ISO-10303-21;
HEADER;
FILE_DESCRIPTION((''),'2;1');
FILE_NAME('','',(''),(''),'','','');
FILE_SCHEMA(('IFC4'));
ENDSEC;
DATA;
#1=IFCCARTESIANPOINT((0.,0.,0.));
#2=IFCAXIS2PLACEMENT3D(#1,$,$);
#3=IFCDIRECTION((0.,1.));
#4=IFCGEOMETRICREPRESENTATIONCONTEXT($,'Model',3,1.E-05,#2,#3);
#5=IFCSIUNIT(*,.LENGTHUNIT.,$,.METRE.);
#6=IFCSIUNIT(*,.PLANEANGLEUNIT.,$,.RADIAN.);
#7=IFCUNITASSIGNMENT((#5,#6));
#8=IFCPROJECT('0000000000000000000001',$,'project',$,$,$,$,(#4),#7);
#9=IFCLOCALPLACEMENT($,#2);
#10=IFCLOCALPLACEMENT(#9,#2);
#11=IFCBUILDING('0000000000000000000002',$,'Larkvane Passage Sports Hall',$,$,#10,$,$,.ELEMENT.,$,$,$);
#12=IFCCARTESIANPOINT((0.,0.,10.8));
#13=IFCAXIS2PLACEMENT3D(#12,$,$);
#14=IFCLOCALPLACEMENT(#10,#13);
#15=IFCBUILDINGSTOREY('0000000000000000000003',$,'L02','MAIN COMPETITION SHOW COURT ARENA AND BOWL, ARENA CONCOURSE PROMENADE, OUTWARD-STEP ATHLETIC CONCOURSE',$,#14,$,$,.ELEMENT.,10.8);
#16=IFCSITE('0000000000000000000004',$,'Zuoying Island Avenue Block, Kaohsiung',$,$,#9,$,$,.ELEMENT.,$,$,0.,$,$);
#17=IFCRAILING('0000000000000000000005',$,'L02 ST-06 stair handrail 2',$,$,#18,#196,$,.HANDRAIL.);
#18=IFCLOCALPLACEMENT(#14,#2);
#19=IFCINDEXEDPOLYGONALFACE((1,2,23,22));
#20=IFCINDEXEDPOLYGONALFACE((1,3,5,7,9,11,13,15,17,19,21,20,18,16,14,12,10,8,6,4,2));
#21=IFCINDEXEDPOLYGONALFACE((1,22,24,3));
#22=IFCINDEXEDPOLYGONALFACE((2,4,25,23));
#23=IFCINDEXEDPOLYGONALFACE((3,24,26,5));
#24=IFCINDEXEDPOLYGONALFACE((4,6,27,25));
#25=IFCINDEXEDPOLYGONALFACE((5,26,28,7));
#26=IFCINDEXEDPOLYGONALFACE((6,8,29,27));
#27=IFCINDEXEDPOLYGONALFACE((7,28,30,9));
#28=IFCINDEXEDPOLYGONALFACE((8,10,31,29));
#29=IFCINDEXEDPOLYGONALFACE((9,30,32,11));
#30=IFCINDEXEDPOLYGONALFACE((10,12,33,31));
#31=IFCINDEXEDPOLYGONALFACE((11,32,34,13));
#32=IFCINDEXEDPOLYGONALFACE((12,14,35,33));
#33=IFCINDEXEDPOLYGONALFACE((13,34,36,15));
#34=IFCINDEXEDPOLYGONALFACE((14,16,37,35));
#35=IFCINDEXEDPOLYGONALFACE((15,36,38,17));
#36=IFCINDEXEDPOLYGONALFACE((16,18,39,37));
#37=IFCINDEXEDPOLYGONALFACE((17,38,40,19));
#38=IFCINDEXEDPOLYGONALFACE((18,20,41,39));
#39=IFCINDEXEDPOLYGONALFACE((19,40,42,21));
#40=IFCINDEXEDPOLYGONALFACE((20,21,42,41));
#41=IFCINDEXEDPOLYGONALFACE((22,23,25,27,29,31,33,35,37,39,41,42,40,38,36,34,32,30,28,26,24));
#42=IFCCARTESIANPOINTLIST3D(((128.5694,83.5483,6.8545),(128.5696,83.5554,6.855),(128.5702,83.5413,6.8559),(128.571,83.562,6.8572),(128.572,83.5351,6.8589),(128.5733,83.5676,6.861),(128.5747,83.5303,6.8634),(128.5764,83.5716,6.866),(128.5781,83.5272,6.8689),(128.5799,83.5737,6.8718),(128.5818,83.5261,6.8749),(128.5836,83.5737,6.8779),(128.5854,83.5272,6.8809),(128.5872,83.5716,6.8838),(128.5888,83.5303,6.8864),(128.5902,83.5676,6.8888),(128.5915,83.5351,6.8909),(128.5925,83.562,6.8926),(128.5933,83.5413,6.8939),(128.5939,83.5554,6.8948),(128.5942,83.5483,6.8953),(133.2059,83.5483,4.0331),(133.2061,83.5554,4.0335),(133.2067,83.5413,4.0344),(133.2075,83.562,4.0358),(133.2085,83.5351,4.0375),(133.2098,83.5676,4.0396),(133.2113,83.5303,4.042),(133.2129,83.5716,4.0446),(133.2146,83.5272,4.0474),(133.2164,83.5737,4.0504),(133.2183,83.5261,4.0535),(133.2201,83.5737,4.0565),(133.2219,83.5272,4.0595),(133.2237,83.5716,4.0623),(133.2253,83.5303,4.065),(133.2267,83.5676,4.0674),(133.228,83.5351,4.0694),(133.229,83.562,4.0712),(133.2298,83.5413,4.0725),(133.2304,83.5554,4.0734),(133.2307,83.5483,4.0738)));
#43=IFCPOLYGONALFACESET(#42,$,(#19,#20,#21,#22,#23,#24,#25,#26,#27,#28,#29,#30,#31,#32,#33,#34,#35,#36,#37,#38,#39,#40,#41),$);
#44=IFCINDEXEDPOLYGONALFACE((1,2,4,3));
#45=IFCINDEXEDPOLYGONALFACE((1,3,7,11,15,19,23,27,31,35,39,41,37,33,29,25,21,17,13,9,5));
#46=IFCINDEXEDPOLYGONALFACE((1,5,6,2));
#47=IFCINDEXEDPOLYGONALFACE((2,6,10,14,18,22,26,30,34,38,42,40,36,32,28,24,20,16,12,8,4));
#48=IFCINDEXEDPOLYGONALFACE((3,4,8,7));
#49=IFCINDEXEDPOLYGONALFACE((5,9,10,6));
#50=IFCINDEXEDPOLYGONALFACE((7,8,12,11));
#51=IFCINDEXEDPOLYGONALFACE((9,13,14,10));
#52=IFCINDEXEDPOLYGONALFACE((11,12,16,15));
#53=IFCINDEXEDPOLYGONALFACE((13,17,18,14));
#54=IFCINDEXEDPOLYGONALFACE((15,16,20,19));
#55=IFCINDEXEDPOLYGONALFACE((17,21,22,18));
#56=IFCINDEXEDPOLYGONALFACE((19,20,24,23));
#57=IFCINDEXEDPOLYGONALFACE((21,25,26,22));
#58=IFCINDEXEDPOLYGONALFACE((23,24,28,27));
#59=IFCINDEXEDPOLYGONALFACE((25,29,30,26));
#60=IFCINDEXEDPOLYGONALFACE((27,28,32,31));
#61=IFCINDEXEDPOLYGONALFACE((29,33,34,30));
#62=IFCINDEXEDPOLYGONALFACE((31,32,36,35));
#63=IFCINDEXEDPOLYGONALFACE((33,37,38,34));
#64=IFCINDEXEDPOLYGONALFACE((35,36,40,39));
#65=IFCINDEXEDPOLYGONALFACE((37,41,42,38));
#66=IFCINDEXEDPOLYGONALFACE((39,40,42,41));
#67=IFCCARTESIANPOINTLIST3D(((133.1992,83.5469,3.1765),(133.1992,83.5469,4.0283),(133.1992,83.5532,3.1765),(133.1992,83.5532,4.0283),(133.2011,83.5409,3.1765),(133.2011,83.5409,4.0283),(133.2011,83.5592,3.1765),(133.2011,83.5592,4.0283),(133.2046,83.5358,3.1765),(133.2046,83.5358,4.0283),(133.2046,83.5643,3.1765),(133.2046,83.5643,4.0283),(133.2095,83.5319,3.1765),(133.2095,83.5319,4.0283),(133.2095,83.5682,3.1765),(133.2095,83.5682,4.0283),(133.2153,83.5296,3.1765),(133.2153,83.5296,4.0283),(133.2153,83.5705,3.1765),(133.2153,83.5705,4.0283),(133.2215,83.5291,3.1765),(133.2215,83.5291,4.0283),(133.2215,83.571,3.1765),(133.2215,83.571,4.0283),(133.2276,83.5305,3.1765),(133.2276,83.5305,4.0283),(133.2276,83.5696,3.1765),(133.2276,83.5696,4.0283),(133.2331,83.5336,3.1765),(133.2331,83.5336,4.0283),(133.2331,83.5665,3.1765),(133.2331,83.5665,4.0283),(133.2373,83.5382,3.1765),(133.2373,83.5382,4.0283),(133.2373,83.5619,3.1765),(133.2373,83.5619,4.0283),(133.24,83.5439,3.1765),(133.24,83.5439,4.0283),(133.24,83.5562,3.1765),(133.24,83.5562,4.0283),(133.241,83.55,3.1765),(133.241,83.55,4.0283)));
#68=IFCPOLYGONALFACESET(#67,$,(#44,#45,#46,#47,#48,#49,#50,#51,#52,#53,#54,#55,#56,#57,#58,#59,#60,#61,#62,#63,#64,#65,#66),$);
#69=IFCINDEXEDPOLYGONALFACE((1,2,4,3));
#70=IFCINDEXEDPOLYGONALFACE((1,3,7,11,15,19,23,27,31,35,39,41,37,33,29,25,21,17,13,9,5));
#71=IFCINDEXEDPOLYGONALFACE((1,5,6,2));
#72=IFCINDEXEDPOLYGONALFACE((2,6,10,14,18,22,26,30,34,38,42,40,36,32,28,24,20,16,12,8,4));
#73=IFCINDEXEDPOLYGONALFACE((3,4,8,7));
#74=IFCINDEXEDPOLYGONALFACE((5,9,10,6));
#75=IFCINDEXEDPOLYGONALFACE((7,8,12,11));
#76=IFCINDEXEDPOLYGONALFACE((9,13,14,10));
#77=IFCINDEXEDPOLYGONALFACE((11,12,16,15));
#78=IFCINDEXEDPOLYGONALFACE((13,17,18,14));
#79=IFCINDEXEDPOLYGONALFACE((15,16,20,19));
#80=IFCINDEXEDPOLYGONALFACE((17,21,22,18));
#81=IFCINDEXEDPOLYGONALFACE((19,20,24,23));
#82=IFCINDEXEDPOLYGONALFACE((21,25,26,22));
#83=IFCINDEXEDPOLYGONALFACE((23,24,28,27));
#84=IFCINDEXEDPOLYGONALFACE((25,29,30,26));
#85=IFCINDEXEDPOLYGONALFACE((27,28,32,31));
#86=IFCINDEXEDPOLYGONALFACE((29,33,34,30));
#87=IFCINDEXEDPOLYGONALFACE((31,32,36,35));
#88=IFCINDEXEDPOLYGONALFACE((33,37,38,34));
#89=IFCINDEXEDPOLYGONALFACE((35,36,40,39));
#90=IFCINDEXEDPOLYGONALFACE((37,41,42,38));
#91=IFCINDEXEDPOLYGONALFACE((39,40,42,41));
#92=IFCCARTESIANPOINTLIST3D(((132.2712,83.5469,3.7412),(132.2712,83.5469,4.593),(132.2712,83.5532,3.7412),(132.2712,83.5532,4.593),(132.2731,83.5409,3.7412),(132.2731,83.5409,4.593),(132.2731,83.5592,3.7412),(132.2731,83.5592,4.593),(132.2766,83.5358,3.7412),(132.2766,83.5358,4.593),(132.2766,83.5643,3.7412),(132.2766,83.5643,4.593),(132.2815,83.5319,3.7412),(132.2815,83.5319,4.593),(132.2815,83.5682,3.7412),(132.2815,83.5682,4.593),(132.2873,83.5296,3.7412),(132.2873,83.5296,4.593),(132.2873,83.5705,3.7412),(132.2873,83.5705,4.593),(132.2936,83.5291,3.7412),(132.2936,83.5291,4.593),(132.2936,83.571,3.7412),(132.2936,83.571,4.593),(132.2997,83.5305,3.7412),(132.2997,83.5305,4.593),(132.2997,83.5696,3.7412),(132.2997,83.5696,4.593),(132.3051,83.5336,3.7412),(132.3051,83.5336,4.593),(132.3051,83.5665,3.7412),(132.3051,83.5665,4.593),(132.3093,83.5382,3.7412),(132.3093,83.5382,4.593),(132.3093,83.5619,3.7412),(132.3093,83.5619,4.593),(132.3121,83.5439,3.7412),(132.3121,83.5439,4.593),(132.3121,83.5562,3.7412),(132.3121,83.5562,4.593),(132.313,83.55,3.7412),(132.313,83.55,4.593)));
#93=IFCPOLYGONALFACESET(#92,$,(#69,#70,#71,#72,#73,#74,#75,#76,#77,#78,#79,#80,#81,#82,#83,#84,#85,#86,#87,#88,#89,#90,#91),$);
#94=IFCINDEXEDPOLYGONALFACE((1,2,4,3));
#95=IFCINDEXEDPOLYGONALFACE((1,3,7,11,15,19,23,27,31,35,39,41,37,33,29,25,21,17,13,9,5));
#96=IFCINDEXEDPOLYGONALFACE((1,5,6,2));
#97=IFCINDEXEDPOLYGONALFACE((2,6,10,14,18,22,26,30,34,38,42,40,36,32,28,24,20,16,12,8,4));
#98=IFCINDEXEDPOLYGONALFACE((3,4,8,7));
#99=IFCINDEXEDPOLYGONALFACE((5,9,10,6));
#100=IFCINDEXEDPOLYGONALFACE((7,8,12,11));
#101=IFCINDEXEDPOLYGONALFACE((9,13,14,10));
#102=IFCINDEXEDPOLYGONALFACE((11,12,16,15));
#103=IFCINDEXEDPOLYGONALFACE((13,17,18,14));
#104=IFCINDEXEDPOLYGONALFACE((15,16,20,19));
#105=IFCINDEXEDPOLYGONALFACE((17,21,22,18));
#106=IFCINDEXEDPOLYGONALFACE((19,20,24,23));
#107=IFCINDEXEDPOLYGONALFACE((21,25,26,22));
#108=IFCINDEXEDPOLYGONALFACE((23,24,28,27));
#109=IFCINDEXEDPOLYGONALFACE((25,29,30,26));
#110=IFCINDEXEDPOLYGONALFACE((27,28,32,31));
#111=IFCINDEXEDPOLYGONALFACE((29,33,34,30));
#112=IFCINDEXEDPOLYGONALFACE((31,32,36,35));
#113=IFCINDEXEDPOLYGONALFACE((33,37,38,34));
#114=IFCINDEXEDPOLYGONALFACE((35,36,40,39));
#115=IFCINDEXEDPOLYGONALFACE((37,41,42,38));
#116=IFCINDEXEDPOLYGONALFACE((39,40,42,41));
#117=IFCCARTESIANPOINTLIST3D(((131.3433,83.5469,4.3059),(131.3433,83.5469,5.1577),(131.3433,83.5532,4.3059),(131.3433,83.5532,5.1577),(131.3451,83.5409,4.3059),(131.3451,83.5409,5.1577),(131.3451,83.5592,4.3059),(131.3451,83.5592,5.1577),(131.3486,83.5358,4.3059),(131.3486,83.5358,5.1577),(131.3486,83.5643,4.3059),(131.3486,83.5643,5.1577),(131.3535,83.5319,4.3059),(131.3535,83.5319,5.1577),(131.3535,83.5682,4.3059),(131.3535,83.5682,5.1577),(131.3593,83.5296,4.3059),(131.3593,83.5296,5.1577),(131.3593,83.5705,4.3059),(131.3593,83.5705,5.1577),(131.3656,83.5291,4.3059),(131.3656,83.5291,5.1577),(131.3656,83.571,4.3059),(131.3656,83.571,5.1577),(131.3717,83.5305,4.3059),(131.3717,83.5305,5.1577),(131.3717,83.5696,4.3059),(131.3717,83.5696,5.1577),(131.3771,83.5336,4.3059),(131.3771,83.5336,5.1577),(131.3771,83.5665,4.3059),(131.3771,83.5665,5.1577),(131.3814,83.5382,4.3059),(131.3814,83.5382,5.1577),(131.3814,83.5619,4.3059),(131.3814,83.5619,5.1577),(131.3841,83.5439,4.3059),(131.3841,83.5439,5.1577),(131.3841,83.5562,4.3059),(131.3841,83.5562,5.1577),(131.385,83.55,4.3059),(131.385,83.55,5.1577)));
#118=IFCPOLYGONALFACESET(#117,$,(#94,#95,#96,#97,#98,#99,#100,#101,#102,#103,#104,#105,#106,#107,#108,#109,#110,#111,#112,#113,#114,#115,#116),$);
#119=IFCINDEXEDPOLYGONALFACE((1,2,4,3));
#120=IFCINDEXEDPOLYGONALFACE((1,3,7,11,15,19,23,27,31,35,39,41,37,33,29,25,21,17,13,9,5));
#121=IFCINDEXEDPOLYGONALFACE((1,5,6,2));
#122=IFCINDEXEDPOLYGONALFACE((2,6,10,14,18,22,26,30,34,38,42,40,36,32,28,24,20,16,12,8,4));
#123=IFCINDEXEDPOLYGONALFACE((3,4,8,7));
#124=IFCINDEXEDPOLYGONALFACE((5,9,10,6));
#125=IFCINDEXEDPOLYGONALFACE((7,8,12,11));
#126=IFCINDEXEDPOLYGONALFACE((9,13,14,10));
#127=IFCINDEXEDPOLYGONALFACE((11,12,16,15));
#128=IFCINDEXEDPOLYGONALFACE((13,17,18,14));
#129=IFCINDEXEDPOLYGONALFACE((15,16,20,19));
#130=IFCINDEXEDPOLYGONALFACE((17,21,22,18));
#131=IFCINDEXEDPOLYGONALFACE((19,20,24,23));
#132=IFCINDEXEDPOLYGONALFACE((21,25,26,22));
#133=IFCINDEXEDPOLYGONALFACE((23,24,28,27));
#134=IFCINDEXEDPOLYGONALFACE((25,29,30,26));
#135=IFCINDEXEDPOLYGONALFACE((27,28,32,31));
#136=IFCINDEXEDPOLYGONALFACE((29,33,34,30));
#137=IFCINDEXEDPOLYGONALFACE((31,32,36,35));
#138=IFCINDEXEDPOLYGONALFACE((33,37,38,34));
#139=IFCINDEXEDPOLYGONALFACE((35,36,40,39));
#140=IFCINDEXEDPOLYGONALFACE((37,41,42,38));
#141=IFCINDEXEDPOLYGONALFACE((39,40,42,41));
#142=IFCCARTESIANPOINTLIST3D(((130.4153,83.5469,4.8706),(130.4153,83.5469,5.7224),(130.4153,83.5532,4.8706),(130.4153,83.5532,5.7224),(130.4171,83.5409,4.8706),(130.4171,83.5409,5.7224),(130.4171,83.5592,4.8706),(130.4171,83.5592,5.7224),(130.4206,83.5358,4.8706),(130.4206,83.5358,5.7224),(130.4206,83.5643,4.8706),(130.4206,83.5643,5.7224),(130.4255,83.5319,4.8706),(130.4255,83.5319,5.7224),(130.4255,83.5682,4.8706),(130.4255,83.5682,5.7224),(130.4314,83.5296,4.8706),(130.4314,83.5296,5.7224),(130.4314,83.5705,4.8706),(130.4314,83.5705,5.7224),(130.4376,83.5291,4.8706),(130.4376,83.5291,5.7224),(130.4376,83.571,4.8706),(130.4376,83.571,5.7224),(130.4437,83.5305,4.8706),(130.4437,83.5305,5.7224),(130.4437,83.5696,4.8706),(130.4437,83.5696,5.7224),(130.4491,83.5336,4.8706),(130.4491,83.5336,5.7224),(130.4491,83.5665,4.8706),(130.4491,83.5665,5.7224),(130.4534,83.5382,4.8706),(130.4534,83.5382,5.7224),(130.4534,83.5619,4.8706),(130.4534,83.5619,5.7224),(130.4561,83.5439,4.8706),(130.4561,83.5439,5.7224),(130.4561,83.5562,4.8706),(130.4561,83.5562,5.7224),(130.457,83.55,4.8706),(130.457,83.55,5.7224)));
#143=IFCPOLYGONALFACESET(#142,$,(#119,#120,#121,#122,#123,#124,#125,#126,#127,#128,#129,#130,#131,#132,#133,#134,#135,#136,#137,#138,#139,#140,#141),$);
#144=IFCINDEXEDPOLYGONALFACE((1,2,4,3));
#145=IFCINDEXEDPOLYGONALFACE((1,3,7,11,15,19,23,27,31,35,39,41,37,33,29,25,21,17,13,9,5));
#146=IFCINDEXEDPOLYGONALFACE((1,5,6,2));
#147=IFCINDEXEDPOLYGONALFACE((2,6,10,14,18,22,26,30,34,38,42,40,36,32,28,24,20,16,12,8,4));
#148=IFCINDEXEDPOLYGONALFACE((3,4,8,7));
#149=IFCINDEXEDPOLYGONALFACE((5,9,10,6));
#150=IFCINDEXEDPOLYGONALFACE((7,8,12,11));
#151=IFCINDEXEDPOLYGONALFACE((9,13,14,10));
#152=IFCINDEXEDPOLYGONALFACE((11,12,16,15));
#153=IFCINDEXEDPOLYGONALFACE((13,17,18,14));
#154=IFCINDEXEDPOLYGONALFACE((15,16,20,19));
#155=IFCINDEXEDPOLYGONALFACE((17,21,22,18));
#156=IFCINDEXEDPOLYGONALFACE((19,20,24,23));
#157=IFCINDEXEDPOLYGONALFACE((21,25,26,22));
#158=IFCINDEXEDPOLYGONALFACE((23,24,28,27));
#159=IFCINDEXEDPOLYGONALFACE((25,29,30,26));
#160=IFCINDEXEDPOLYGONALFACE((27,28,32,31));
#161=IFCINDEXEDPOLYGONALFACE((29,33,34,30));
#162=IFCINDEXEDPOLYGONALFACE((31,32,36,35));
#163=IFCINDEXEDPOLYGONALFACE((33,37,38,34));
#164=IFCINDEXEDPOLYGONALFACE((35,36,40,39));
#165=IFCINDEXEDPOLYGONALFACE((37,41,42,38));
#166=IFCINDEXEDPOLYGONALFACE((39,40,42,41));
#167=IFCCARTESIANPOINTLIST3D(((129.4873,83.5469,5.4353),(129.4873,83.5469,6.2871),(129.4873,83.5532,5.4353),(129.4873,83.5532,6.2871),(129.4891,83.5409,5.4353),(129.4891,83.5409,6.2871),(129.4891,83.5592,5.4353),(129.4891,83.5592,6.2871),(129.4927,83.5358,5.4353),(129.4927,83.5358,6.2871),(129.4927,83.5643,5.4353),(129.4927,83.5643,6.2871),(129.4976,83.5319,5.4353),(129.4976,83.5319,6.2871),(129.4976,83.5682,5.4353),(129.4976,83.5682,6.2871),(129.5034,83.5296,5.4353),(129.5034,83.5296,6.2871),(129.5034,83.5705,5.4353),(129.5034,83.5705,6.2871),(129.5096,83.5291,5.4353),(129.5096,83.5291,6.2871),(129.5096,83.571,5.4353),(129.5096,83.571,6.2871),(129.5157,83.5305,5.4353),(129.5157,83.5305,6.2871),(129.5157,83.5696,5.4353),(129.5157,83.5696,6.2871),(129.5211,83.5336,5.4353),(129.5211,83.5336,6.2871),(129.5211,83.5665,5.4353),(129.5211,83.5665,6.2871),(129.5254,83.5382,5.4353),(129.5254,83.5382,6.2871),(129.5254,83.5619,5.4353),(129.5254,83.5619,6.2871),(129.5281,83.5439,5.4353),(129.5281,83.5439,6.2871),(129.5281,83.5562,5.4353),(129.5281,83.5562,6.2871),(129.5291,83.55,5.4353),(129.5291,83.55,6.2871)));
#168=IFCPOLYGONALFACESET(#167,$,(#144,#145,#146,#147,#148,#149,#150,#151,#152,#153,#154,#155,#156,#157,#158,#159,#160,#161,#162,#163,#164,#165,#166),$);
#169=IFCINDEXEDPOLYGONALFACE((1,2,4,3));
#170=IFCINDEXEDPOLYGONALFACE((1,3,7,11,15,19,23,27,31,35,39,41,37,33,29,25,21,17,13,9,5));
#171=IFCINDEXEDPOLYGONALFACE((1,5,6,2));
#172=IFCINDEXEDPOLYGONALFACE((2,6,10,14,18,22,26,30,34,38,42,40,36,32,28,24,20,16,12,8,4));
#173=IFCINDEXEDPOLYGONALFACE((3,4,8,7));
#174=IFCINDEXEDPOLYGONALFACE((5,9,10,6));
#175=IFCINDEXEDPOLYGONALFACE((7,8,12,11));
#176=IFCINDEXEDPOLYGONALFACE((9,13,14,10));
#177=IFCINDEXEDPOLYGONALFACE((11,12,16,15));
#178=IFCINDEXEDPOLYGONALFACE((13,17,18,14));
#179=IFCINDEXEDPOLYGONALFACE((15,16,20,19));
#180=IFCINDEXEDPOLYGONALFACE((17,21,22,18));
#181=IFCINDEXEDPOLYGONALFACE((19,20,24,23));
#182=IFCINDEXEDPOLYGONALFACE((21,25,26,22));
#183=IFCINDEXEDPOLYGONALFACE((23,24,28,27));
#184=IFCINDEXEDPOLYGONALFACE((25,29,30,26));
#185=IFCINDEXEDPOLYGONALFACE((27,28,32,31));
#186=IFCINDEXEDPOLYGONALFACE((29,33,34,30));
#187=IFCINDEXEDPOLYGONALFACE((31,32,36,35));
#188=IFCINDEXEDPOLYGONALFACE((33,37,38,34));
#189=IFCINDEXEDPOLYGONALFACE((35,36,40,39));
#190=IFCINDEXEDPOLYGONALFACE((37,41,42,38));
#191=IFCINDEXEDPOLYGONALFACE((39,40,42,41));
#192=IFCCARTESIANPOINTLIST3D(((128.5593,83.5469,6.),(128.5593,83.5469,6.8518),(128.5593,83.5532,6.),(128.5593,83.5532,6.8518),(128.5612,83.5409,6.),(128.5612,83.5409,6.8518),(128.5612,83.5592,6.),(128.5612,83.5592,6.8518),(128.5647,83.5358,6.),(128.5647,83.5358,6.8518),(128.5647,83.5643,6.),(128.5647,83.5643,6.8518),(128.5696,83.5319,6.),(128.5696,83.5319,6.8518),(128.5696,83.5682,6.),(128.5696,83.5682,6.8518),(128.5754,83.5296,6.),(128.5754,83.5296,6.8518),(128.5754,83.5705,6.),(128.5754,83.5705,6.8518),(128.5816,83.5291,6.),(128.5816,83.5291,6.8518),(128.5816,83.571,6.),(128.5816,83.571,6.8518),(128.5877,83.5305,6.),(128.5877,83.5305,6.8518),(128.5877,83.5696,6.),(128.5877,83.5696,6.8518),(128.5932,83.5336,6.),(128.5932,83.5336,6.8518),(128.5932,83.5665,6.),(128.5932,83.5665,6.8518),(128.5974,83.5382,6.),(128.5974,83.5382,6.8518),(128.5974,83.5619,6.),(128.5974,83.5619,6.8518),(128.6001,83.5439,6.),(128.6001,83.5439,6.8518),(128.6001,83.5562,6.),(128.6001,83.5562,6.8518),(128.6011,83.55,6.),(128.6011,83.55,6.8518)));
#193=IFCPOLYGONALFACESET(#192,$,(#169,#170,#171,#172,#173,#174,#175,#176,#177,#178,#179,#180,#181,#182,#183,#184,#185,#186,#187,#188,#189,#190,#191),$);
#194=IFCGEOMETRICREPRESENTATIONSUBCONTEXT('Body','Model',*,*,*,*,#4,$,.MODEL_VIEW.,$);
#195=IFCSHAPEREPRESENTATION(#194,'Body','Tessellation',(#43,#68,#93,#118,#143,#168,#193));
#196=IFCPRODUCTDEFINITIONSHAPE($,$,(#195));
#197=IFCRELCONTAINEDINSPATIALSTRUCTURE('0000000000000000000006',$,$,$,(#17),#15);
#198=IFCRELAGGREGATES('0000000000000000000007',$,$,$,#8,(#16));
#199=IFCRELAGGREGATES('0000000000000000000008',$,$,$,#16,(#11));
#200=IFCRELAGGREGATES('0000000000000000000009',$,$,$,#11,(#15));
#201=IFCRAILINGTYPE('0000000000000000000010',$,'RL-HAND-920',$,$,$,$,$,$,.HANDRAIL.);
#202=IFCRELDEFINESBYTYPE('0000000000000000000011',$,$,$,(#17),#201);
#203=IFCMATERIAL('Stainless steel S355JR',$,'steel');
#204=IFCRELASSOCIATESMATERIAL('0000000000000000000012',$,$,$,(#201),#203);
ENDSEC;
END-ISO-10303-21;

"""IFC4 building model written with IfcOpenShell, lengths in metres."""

from ifc_helpers import new_model, si_unit, direction, frame, origin, origin_2d, place, context, subcontext, project, spatial, circle, extrude, material, type_object, element, save


model = new_model("IFC4")

# Units and contexts
model_context = context("Model", 3, precision=1e-05, world=origin(), true_north=direction((0.0, 1.0)))
body_context = subcontext(model_context, "Body", "Model", "MODEL_VIEW")
ifc_project = project(units=[si_unit("LENGTHUNIT", "METRE"), si_unit("PLANEANGLEUNIT", "RADIAN")], contexts=[model_context])

# Site, building, storey
site_placement = place(None, origin())
site = spatial("IfcSite", under=ifc_project, at=site_placement, Name="Zuoying Island Avenue Block, Kaohsiung", CompositionType="ELEMENT", RefElevation=0.0)
building_placement = place(site_placement, origin())
building = spatial("IfcBuilding", under=site, at=building_placement, Name="Larkvane Passage Sports Hall", CompositionType="ELEMENT")
storey_placement = place(building_placement, frame((0.0, 0.0, 10.8)))
storey = spatial("IfcBuildingStorey", under=building, at=storey_placement, Name="L02", Description="MAIN COMPETITION SHOW COURT ARENA AND BOWL, ARENA CONCOURSE PROMENADE, OUTWARD-STEP ATHLETIC CONCOURSE", CompositionType="ELEMENT", Elevation=10.8)

# Railing
ifc_material_1 = material(Name="Stainless steel S355JR", Category="steel")
railing_type_1 = type_object("IfcRailingType", Name="RL-HAND-920", PredefinedType="HANDRAIL", material=ifc_material_1)
railing_1_placement = place(storey_placement, frame((133.22, 83.55, 3.1765)))
element("IfcRailing", 1, at=railing_1_placement, inside=storey, type_object=railing_type_1, Name="L02 ST-06 stair handrail 2", PredefinedType="HANDRAIL", context=body_context, shape_type="SweptSolid", body=[
    extrude(circle(Radius=0.0239, at=origin_2d()), frame((-0.0017, 0.0, 0.877), z_axis=(-0.854264, 0.0, 0.51984), x_axis=(0.0, -1.0, 0.0)), (0.0, 0.0, 1.0), 5.4275),
    extrude(circle(Radius=0.021, at=origin_2d()), origin(), (0.0, 0.0, 1.0), 0.8518),
    extrude(circle(Radius=0.021, at=origin_2d()), frame((-0.928, 0.0, 0.5647)), (0.0, 0.0, 1.0), 0.8518),
    extrude(circle(Radius=0.021, at=origin_2d()), frame((-1.856, 0.0, 1.1294)), (0.0, 0.0, 1.0), 0.8518),
    extrude(circle(Radius=0.021, at=origin_2d()), frame((-2.7839, 0.0, 1.6941)), (0.0, 0.0, 1.0), 0.8518),
    extrude(circle(Radius=0.021, at=origin_2d()), frame((-3.7119, 0.0, 2.2588)), (0.0, 0.0, 1.0), 0.8518),
    extrude(circle(Radius=0.021, at=origin_2d()), frame((-4.6399, 0.0, 2.8235)), (0.0, 0.0, 1.0), 0.8518),
])

save(model, "model.ifc")
